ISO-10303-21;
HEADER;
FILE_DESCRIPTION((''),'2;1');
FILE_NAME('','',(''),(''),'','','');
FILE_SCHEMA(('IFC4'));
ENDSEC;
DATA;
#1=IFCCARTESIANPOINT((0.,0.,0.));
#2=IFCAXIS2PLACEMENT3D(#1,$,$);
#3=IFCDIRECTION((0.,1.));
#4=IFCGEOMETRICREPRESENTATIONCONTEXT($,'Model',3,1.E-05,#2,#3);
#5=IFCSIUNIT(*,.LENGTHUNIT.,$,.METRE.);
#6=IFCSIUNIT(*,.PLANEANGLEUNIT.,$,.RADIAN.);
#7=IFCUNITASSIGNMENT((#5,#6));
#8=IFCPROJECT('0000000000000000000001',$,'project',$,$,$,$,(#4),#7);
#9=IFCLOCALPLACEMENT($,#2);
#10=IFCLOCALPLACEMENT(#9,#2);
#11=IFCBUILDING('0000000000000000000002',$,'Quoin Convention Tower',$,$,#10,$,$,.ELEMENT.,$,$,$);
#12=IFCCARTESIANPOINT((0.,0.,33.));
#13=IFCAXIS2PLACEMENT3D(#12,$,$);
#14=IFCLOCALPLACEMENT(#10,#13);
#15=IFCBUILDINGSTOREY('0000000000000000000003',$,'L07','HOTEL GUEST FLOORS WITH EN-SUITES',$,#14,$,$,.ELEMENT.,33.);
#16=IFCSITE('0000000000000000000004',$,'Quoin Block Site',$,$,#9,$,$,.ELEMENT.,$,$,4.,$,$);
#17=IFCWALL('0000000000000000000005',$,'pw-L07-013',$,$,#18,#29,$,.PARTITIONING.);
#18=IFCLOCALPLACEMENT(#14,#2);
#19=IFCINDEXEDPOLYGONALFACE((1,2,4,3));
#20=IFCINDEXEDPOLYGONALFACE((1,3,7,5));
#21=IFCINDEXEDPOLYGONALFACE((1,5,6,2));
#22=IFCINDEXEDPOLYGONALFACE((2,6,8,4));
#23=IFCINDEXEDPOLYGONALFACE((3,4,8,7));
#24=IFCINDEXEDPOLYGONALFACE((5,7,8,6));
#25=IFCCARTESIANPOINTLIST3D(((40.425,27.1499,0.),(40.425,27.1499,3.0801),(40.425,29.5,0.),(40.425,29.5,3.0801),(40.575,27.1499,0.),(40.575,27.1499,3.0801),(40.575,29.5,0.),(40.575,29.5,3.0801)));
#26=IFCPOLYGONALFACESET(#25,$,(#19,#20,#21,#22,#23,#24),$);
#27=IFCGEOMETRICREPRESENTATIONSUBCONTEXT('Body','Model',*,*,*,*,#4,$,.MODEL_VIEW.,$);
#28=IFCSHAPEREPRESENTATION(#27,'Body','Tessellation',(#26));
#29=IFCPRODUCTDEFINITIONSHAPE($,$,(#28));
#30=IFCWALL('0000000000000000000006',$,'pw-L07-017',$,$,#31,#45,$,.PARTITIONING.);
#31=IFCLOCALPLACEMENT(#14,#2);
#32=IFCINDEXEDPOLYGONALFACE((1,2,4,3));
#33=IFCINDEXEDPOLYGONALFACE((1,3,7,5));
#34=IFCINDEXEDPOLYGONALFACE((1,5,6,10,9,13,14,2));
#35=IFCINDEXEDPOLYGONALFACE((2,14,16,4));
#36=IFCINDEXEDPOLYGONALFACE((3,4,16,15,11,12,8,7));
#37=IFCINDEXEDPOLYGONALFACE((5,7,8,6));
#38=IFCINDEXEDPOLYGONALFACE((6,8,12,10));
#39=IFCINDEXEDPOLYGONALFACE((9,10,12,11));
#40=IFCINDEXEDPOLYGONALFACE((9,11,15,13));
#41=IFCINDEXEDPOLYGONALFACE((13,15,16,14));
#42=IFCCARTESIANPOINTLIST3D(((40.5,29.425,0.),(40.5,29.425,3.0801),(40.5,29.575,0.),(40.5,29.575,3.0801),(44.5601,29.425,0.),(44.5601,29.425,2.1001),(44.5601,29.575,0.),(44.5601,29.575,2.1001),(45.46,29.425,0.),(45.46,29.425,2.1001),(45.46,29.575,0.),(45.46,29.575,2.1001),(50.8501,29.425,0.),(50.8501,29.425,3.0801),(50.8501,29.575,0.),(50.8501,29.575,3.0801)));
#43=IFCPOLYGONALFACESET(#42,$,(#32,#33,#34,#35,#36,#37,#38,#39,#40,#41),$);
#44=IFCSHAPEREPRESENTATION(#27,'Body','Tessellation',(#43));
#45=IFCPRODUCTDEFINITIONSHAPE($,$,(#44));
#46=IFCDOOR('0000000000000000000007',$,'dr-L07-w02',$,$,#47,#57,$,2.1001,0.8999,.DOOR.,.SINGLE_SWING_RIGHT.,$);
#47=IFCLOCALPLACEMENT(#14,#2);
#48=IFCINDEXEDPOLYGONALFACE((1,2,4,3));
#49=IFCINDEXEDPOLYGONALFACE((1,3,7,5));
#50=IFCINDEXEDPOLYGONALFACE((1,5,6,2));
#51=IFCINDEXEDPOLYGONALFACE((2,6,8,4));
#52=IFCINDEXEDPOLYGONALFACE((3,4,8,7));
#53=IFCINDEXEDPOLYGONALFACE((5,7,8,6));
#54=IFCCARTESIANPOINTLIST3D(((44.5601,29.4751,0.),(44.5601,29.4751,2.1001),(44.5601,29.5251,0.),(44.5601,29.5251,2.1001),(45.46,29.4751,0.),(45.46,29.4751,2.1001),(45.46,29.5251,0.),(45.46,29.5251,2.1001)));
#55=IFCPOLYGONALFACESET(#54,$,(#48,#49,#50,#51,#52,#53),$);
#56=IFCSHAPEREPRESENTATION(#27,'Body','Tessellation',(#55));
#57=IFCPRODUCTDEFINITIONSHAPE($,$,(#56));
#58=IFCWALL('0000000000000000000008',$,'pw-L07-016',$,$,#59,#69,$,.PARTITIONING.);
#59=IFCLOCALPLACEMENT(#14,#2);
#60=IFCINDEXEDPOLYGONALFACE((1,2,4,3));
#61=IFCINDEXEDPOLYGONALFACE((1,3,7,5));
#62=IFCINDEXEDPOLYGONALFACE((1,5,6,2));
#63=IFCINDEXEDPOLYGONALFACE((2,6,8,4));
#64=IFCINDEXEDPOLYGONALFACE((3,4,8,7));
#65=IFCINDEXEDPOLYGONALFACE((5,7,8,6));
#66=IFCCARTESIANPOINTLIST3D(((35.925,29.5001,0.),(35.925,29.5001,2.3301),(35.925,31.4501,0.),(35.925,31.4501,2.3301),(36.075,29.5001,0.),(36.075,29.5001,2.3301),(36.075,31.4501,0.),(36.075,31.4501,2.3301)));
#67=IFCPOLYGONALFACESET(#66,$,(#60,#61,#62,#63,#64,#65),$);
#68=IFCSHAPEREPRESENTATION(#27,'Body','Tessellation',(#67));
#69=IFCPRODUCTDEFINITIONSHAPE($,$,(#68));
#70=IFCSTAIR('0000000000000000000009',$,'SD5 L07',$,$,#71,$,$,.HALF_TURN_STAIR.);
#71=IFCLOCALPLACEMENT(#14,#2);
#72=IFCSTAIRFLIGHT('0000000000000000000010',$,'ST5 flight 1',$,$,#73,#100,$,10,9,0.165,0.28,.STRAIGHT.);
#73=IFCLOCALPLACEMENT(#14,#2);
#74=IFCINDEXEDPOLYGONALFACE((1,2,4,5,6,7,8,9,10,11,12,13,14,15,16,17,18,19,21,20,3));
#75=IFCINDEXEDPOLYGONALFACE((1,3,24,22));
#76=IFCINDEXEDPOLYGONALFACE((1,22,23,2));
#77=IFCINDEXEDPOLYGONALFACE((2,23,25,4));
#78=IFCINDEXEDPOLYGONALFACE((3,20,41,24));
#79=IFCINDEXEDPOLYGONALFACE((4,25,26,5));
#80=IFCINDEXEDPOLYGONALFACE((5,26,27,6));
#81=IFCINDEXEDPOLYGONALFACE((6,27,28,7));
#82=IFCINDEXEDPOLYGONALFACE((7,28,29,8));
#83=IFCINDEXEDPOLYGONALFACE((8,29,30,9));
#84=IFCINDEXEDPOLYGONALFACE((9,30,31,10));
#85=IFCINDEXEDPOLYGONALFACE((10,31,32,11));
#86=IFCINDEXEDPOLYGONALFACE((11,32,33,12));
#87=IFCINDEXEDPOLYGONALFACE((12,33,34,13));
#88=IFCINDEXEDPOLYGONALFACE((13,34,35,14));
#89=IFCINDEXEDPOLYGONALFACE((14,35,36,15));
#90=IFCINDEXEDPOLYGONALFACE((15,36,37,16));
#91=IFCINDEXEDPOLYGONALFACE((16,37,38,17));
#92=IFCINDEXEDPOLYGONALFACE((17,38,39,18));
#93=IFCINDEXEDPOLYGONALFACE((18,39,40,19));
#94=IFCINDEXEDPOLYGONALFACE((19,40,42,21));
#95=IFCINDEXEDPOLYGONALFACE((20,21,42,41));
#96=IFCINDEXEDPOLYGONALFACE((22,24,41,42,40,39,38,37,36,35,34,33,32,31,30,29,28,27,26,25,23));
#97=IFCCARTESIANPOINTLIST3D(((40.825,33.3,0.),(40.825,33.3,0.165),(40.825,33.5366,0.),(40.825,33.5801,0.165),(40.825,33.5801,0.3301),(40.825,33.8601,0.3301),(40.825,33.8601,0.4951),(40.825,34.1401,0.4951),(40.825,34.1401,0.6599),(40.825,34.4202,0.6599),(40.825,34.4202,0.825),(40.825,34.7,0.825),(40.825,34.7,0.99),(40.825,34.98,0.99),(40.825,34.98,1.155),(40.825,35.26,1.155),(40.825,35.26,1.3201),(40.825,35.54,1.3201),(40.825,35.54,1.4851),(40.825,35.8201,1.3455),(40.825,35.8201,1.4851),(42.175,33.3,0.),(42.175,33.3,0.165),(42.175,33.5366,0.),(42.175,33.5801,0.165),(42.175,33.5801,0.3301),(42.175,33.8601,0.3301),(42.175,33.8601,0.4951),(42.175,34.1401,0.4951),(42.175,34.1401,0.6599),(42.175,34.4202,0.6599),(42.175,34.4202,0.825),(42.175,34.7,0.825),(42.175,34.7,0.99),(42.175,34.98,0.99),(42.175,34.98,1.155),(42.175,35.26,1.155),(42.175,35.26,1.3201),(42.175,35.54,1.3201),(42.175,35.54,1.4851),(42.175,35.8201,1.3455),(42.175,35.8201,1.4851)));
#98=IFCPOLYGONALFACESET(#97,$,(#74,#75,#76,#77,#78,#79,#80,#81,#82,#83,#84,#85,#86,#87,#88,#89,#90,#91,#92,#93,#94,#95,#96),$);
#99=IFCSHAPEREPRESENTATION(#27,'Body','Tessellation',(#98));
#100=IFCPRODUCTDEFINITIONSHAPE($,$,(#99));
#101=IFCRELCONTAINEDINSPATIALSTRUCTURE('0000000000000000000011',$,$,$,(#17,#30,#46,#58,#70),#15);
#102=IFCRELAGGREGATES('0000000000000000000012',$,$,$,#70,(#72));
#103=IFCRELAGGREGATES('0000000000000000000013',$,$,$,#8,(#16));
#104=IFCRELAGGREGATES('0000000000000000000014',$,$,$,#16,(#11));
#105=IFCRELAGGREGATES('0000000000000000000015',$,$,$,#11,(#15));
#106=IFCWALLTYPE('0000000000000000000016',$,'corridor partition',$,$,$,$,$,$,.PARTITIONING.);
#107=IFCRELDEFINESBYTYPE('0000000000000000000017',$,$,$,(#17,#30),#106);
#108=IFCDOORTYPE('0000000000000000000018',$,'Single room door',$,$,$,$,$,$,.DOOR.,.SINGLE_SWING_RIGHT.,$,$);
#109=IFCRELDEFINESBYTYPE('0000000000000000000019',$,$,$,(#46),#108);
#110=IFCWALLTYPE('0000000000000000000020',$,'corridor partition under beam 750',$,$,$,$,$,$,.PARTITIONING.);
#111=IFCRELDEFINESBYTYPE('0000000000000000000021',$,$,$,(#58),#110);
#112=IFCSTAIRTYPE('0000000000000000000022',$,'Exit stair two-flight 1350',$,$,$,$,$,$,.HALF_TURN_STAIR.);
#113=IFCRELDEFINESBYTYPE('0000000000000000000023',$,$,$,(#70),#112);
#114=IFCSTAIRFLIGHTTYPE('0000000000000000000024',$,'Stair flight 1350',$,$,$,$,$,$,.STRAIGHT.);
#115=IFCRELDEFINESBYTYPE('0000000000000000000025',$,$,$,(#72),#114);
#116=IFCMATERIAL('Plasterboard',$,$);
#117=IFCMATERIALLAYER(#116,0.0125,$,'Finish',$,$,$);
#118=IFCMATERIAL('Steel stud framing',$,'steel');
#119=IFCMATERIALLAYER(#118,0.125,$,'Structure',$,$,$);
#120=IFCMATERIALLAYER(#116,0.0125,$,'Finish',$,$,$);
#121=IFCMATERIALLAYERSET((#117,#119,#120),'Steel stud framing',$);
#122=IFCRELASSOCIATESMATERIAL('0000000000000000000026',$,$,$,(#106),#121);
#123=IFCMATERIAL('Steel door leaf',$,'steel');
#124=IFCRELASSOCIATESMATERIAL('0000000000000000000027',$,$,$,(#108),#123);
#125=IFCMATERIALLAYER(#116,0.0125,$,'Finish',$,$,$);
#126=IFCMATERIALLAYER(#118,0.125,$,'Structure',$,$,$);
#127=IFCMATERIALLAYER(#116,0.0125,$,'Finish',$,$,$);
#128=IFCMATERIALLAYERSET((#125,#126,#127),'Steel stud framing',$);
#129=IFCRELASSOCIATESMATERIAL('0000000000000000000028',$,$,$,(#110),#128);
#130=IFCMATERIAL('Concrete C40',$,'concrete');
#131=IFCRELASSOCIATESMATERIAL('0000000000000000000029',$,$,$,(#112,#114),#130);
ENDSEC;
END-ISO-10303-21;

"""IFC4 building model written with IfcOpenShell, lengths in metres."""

from ifc_helpers import new_model, si_unit, direction, frame, frame_2d, origin, place, context, subcontext, project, spatial, polyline, rectangle, outline, extrude, material, layer, layer_set, type_object, element, fill, aggregate, save


model = new_model("IFC4")

# Units and contexts
model_context = context("Model", 3, precision=1e-05, world=origin(), true_north=direction((0.0, 1.0)))
body_context = subcontext(model_context, "Body", "Model", "MODEL_VIEW")
ifc_project = project(units=[si_unit("LENGTHUNIT", "METRE"), si_unit("PLANEANGLEUNIT", "RADIAN")], contexts=[model_context])

# Site, building, storey
site_placement = place(None, origin())
site = spatial("IfcSite", under=ifc_project, at=site_placement, Name="Quoin Block Site", CompositionType="ELEMENT", RefElevation=4.0)
building_placement = place(site_placement, origin())
building = spatial("IfcBuilding", under=site, at=building_placement, Name="Quoin Convention Tower", CompositionType="ELEMENT")
storey_placement = place(building_placement, frame((0.0, 0.0, 33.0)))
storey = spatial("IfcBuildingStorey", under=building, at=storey_placement, Name="L07", Description="HOTEL GUEST FLOORS WITH EN-SUITES", CompositionType="ELEMENT", Elevation=33.0)

# Shared definitions
ifc_material_1 = material(Name="Steel door leaf", Category="steel")

# Shared definitions
ifc_material_2 = material(Name="Plasterboard")
ifc_layer_1 = layer(ifc_material_2, 0.0125, Name="Finish")
ifc_material_3 = material(Name="Steel stud framing", Category="steel")
ifc_layer_2 = layer(ifc_material_3, 0.125, Name="Structure")
ifc_layer_3 = layer(ifc_material_2, 0.0125, Name="Finish")
ifc_layer_set_1 = layer_set([ifc_layer_1, ifc_layer_2, ifc_layer_3], Name="Steel stud framing")
wall_type_1 = type_object("IfcWallType", Name="corridor partition", PredefinedType="PARTITIONING", material=ifc_layer_set_1)
door_type_1 = type_object("IfcDoorType", Name="Single room door", OperationType="SINGLE_SWING_RIGHT", PredefinedType="DOOR", material=ifc_material_1)

# Wall
wall_1_placement = place(storey_placement, frame((40.5, 27.1499, 0.0), z_axis=(0.0, 0.0, 1.0), x_axis=(0.0, 1.0, 0.0)))
element("IfcWall", 1, at=wall_1_placement, inside=storey, type_object=wall_type_1, Name="pw-L07-013", PredefinedType="PARTITIONING", context=body_context, shape_type="SweptSolid", body=[
    extrude(rectangle(XDim=2.3501, YDim=0.1499, at=frame_2d((1.175, 0.0))), origin(), (0.0, 0.0, 1.0), 3.0801),
])

# Wall, opening, door
wall_2_placement = place(storey_placement, frame((40.5, 29.5, 0.0), z_axis=(0.0, 0.0, 1.0), x_axis=(1.0, 0.0, 0.0)))
wall_2 = element("IfcWall", 2, at=wall_2_placement, inside=storey, type_object=wall_type_1, Name="pw-L07-017", PredefinedType="PARTITIONING", context=body_context, shape_type="SweptSolid", body=[
    extrude(rectangle(XDim=10.3501, YDim=0.1499, at=frame_2d((5.175, 0.0))), origin(), (0.0, 0.0, 1.0), 3.0801),
])
opening_1_placement = place(wall_2_placement, frame((4.0601, 0.0, 0.0)))
opening_1 = element("IfcOpeningElement", 3, at=opening_1_placement, cuts=wall_2, PredefinedType="OPENING", context=body_context, shape_type="SweptSolid", body=[
    extrude(rectangle(XDim=0.8999, YDim=2.1001, at=frame_2d((0.45, 1.05))), frame((0.0, 0.085, 0.0), z_axis=(0.0, -1.0, 0.0), x_axis=(1.0, 0.0, 0.0)), (0.0, 0.0, 1.0), 0.1699),
])
door_1_placement = place(opening_1_placement, frame((0.8999, 0.0, 0.0), z_axis=(0.0, 0.0, 1.0), x_axis=(-1.0, 0.0, 0.0)))
door_1 = element("IfcDoor", 4, at=door_1_placement, inside=storey, type_object=door_type_1, Name="dr-L07-w02", OperationType="SINGLE_SWING_RIGHT", OverallHeight=2.1001, OverallWidth=0.8999, PredefinedType="DOOR", context=body_context, shape_type="SweptSolid", body=[
    extrude(rectangle(XDim=0.8999, YDim=2.1001, at=frame_2d((0.45, 1.05))), frame((0.0, 0.0249, 0.0), z_axis=(0.0, -1.0, 0.0), x_axis=(1.0, 0.0, 0.0)), (0.0, 0.0, 1.0), 0.05),
])
fill(opening_1, door_1)

# Wall
ifc_layer_4 = layer(ifc_material_2, 0.0125, Name="Finish")
ifc_layer_5 = layer(ifc_material_3, 0.125, Name="Structure")
ifc_layer_6 = layer(ifc_material_2, 0.0125, Name="Finish")
ifc_layer_set_2 = layer_set([ifc_layer_4, ifc_layer_5, ifc_layer_6], Name="Steel stud framing")
wall_type_2 = type_object("IfcWallType", Name="corridor partition under beam 750", PredefinedType="PARTITIONING", material=ifc_layer_set_2)
wall_3_placement = place(storey_placement, frame((36.0, 29.5, 0.0), z_axis=(0.0, 0.0, 1.0), x_axis=(0.0, 1.0, 0.0)))
element("IfcWall", 5, at=wall_3_placement, inside=storey, type_object=wall_type_2, Name="pw-L07-016", PredefinedType="PARTITIONING", context=body_context, shape_type="SweptSolid", body=[
    extrude(rectangle(XDim=1.95, YDim=0.1499, at=frame_2d((0.9751, 0.0))), origin(), (0.0, 0.0, 1.0), 2.3301),
])

# Stair, stair flight
ifc_material_4 = material(Name="Concrete C40", Category="concrete")
stair_type = type_object("IfcStairType", Name="Exit stair two-flight 1350", PredefinedType="HALF_TURN_STAIR", material=ifc_material_4)
stair_placement = place(storey_placement, origin())
stair = element("IfcStair", 6, at=stair_placement, inside=storey, type_object=stair_type, Name="SD5 L07", PredefinedType="HALF_TURN_STAIR")
stair_flight_type = type_object("IfcStairFlightType", Name="Stair flight 1350", PredefinedType="STRAIGHT", material=ifc_material_4)
stair_flight_placement = place(storey_placement, frame((41.5, 33.3, 0.0), z_axis=(0.0, 0.0, 1.0), x_axis=(0.0, 1.0, 0.0)))
stair_flight = element("IfcStairFlight", 7, at=stair_flight_placement, type_object=stair_flight_type, Name="ST5 flight 1", NumberOfRisers=10, NumberOfTreads=9, PredefinedType="STRAIGHT", RiserHeight=0.165, TreadLength=0.28, context=body_context, shape_type="SweptSolid", body=[
    extrude(outline(polyline([(0.0, 0.0), (0.0, 0.165), (0.28, 0.165), (0.28, 0.3301), (0.5601, 0.3301), (0.5601, 0.4951), (0.8401, 0.4951), (0.8401, 0.6599), (1.1201, 0.6599), (1.1201, 0.825), (1.3999, 0.825), (1.3999, 0.99), (1.6799, 0.99), (1.6799, 1.155), (1.96, 1.155), (1.96, 1.3201), (2.24, 1.3201), (2.24, 1.4851), (2.52, 1.4851), (2.52, 1.6499), (2.52, 1.3455), (0.2366, 0.0), (0.0, 0.0)])), frame((0.0, 0.675, 0.0), z_axis=(0.0, -1.0, 0.0), x_axis=(1.0, 0.0, 0.0)), (0.0, 0.0, 1.0), 1.3501),
])
aggregate(stair, [stair_flight])

save(model, "model.ifc")
